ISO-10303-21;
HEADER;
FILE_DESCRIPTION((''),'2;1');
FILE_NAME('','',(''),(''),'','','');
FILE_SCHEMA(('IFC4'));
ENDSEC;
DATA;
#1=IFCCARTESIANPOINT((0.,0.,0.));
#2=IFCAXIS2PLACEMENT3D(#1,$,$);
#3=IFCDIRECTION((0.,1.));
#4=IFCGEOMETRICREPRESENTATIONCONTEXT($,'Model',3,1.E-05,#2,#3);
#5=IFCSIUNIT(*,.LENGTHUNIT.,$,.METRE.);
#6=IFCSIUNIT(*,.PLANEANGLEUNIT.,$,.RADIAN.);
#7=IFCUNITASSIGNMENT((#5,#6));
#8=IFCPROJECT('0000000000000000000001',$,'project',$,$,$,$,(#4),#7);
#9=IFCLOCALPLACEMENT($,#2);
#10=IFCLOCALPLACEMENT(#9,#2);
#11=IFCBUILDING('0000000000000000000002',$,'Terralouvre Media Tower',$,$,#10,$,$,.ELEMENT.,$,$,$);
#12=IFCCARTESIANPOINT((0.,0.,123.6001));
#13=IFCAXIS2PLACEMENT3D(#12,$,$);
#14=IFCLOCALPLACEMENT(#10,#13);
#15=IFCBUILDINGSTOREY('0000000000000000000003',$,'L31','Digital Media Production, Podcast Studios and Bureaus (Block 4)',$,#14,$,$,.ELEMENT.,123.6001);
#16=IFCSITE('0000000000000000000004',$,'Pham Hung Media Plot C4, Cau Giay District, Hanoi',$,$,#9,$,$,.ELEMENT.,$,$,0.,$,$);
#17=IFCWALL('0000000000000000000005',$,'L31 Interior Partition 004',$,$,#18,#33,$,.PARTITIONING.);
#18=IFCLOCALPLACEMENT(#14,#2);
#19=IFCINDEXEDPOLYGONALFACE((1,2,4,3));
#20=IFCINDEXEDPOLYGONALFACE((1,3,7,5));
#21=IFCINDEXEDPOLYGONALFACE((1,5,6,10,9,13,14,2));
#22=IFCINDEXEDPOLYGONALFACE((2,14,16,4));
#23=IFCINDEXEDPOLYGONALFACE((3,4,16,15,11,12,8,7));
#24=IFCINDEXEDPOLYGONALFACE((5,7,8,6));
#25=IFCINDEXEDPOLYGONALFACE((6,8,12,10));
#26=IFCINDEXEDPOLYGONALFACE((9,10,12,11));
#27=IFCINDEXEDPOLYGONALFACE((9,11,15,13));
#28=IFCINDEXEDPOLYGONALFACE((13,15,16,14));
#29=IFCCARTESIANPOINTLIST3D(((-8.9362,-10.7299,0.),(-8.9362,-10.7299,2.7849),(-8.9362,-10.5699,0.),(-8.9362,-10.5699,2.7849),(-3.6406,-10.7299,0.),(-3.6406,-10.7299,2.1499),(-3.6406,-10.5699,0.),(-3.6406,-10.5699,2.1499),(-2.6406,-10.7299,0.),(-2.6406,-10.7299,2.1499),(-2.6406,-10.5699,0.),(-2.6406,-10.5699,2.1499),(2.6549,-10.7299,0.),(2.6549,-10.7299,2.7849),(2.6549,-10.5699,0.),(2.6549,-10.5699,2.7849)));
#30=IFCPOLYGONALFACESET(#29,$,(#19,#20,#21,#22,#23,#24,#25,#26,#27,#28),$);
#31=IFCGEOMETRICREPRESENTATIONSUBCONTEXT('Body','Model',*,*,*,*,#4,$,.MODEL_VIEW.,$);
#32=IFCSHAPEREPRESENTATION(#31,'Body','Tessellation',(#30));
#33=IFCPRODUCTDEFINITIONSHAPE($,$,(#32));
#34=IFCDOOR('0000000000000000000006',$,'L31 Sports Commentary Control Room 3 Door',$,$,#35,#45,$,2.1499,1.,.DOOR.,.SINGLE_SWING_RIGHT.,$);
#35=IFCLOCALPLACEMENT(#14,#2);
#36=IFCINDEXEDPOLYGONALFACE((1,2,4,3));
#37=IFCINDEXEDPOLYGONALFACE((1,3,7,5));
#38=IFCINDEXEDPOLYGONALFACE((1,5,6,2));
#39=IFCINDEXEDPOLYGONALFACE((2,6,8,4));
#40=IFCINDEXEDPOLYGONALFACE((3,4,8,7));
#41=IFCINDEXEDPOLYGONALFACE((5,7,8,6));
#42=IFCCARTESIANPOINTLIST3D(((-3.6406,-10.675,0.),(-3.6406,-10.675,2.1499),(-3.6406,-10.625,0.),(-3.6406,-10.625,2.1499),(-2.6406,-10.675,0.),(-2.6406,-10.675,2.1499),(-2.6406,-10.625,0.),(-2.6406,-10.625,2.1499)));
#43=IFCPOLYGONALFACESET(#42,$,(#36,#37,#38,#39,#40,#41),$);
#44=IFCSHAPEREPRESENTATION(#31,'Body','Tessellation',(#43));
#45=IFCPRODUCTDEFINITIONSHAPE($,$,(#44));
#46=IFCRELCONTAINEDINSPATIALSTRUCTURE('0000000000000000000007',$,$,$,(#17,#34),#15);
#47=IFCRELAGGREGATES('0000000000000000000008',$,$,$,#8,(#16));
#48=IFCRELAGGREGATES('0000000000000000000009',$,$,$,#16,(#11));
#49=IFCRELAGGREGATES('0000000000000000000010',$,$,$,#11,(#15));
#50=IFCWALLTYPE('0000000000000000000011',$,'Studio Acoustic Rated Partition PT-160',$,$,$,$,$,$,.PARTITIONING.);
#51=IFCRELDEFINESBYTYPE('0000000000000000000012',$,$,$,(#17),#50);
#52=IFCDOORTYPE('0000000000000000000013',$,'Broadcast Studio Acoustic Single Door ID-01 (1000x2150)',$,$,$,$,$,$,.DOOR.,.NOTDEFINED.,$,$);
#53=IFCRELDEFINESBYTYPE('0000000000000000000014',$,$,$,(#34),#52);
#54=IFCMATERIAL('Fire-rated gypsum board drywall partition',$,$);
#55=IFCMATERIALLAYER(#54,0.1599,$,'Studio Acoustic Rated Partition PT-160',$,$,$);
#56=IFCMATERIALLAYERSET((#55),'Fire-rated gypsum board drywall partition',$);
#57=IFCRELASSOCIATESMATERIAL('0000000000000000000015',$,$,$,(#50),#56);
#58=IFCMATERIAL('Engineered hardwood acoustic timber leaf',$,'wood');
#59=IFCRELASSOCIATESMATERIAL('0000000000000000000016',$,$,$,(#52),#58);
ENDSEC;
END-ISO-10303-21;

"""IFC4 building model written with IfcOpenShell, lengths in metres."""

from ifc_helpers import new_model, si_unit, direction, frame, frame_2d, origin, place, context, subcontext, project, spatial, rectangle, extrude, material, layer, layer_set, type_object, element, fill, save


model = new_model("IFC4")

# Units and contexts
model_context = context("Model", 3, precision=1e-05, world=origin(), true_north=direction((0.0, 1.0)))
body_context = subcontext(model_context, "Body", "Model", "MODEL_VIEW")
ifc_project = project(units=[si_unit("LENGTHUNIT", "METRE"), si_unit("PLANEANGLEUNIT", "RADIAN")], contexts=[model_context])

# Site, building, storey
site_placement = place(None, origin())
site = spatial("IfcSite", under=ifc_project, at=site_placement, Name="Pham Hung Media Plot C4, Cau Giay District, Hanoi", CompositionType="ELEMENT", RefElevation=0.0)
building_placement = place(site_placement, origin())
building = spatial("IfcBuilding", under=site, at=building_placement, Name="Terralouvre Media Tower", CompositionType="ELEMENT")
storey_placement = place(building_placement, frame((0.0, 0.0, 123.6001)))
storey = spatial("IfcBuildingStorey", under=building, at=storey_placement, Name="L31", Description="Digital Media Production, Podcast Studios and Bureaus (Block 4)", CompositionType="ELEMENT", Elevation=123.6001)

# Wall, opening, door
ifc_material_1 = material(Name="Fire-rated gypsum board drywall partition")
ifc_layer_1 = layer(ifc_material_1, 0.1599, Name="Studio Acoustic Rated Partition PT-160")
ifc_layer_set_1 = layer_set([ifc_layer_1], Name="Fire-rated gypsum board drywall partition")
wall_type_1 = type_object("IfcWallType", Name="Studio Acoustic Rated Partition PT-160", PredefinedType="PARTITIONING", material=ifc_layer_set_1)
wall_1_placement = place(storey_placement, frame((-8.936, -10.6499, 0.0), z_axis=(0.0, 0.0, 1.0), x_axis=(1.0, 0.0, 0.0)))
wall_1 = element("IfcWall", 1, at=wall_1_placement, inside=storey, type_object=wall_type_1, Name="L31 Interior Partition 004", PredefinedType="PARTITIONING", context=body_context, shape_type="SweptSolid", body=[
    extrude(rectangle(XDim=11.5911, YDim=0.1599, at=frame_2d((5.7954, 0.0))), origin(), (0.0, 0.0, 1.0), 2.7849),
])
opening_1_placement = place(wall_1_placement, frame((5.2954, 0.0, 0.0)))
opening_1 = element("IfcOpeningElement", 2, at=opening_1_placement, cuts=wall_1, PredefinedType="OPENING", context=body_context, shape_type="SweptSolid", body=[
    extrude(rectangle(XDim=1.0, YDim=2.1499, at=frame_2d((0.5, 1.075))), frame((0.0, 0.0898, 0.0), z_axis=(0.0, -1.0, 0.0), x_axis=(1.0, 0.0, 0.0)), (0.0, 0.0, 1.0), 0.1799),
])
ifc_material_2 = material(Name="Engineered hardwood acoustic timber leaf", Category="wood")
door_type_1 = type_object("IfcDoorType", Name="Broadcast Studio Acoustic Single Door ID-01 (1000x2150)", OperationType="NOTDEFINED", PredefinedType="DOOR", material=ifc_material_2)
door_1_placement = place(opening_1_placement, origin())
door_1 = element("IfcDoor", 3, at=door_1_placement, inside=storey, type_object=door_type_1, Name="L31 Sports Commentary Control Room 3 Door", OperationType="SINGLE_SWING_RIGHT", OverallHeight=2.1499, OverallWidth=1.0, PredefinedType="DOOR", context=body_context, shape_type="SweptSolid", body=[
    extrude(rectangle(XDim=1.0, YDim=2.1499, at=frame_2d((0.5, 1.075))), frame((0.0, 0.0249, 0.0), z_axis=(0.0, -1.0, 0.0), x_axis=(1.0, 0.0, 0.0)), (0.0, 0.0, 1.0), 0.05),
])
fill(opening_1, door_1)

save(model, "model.ifc")
